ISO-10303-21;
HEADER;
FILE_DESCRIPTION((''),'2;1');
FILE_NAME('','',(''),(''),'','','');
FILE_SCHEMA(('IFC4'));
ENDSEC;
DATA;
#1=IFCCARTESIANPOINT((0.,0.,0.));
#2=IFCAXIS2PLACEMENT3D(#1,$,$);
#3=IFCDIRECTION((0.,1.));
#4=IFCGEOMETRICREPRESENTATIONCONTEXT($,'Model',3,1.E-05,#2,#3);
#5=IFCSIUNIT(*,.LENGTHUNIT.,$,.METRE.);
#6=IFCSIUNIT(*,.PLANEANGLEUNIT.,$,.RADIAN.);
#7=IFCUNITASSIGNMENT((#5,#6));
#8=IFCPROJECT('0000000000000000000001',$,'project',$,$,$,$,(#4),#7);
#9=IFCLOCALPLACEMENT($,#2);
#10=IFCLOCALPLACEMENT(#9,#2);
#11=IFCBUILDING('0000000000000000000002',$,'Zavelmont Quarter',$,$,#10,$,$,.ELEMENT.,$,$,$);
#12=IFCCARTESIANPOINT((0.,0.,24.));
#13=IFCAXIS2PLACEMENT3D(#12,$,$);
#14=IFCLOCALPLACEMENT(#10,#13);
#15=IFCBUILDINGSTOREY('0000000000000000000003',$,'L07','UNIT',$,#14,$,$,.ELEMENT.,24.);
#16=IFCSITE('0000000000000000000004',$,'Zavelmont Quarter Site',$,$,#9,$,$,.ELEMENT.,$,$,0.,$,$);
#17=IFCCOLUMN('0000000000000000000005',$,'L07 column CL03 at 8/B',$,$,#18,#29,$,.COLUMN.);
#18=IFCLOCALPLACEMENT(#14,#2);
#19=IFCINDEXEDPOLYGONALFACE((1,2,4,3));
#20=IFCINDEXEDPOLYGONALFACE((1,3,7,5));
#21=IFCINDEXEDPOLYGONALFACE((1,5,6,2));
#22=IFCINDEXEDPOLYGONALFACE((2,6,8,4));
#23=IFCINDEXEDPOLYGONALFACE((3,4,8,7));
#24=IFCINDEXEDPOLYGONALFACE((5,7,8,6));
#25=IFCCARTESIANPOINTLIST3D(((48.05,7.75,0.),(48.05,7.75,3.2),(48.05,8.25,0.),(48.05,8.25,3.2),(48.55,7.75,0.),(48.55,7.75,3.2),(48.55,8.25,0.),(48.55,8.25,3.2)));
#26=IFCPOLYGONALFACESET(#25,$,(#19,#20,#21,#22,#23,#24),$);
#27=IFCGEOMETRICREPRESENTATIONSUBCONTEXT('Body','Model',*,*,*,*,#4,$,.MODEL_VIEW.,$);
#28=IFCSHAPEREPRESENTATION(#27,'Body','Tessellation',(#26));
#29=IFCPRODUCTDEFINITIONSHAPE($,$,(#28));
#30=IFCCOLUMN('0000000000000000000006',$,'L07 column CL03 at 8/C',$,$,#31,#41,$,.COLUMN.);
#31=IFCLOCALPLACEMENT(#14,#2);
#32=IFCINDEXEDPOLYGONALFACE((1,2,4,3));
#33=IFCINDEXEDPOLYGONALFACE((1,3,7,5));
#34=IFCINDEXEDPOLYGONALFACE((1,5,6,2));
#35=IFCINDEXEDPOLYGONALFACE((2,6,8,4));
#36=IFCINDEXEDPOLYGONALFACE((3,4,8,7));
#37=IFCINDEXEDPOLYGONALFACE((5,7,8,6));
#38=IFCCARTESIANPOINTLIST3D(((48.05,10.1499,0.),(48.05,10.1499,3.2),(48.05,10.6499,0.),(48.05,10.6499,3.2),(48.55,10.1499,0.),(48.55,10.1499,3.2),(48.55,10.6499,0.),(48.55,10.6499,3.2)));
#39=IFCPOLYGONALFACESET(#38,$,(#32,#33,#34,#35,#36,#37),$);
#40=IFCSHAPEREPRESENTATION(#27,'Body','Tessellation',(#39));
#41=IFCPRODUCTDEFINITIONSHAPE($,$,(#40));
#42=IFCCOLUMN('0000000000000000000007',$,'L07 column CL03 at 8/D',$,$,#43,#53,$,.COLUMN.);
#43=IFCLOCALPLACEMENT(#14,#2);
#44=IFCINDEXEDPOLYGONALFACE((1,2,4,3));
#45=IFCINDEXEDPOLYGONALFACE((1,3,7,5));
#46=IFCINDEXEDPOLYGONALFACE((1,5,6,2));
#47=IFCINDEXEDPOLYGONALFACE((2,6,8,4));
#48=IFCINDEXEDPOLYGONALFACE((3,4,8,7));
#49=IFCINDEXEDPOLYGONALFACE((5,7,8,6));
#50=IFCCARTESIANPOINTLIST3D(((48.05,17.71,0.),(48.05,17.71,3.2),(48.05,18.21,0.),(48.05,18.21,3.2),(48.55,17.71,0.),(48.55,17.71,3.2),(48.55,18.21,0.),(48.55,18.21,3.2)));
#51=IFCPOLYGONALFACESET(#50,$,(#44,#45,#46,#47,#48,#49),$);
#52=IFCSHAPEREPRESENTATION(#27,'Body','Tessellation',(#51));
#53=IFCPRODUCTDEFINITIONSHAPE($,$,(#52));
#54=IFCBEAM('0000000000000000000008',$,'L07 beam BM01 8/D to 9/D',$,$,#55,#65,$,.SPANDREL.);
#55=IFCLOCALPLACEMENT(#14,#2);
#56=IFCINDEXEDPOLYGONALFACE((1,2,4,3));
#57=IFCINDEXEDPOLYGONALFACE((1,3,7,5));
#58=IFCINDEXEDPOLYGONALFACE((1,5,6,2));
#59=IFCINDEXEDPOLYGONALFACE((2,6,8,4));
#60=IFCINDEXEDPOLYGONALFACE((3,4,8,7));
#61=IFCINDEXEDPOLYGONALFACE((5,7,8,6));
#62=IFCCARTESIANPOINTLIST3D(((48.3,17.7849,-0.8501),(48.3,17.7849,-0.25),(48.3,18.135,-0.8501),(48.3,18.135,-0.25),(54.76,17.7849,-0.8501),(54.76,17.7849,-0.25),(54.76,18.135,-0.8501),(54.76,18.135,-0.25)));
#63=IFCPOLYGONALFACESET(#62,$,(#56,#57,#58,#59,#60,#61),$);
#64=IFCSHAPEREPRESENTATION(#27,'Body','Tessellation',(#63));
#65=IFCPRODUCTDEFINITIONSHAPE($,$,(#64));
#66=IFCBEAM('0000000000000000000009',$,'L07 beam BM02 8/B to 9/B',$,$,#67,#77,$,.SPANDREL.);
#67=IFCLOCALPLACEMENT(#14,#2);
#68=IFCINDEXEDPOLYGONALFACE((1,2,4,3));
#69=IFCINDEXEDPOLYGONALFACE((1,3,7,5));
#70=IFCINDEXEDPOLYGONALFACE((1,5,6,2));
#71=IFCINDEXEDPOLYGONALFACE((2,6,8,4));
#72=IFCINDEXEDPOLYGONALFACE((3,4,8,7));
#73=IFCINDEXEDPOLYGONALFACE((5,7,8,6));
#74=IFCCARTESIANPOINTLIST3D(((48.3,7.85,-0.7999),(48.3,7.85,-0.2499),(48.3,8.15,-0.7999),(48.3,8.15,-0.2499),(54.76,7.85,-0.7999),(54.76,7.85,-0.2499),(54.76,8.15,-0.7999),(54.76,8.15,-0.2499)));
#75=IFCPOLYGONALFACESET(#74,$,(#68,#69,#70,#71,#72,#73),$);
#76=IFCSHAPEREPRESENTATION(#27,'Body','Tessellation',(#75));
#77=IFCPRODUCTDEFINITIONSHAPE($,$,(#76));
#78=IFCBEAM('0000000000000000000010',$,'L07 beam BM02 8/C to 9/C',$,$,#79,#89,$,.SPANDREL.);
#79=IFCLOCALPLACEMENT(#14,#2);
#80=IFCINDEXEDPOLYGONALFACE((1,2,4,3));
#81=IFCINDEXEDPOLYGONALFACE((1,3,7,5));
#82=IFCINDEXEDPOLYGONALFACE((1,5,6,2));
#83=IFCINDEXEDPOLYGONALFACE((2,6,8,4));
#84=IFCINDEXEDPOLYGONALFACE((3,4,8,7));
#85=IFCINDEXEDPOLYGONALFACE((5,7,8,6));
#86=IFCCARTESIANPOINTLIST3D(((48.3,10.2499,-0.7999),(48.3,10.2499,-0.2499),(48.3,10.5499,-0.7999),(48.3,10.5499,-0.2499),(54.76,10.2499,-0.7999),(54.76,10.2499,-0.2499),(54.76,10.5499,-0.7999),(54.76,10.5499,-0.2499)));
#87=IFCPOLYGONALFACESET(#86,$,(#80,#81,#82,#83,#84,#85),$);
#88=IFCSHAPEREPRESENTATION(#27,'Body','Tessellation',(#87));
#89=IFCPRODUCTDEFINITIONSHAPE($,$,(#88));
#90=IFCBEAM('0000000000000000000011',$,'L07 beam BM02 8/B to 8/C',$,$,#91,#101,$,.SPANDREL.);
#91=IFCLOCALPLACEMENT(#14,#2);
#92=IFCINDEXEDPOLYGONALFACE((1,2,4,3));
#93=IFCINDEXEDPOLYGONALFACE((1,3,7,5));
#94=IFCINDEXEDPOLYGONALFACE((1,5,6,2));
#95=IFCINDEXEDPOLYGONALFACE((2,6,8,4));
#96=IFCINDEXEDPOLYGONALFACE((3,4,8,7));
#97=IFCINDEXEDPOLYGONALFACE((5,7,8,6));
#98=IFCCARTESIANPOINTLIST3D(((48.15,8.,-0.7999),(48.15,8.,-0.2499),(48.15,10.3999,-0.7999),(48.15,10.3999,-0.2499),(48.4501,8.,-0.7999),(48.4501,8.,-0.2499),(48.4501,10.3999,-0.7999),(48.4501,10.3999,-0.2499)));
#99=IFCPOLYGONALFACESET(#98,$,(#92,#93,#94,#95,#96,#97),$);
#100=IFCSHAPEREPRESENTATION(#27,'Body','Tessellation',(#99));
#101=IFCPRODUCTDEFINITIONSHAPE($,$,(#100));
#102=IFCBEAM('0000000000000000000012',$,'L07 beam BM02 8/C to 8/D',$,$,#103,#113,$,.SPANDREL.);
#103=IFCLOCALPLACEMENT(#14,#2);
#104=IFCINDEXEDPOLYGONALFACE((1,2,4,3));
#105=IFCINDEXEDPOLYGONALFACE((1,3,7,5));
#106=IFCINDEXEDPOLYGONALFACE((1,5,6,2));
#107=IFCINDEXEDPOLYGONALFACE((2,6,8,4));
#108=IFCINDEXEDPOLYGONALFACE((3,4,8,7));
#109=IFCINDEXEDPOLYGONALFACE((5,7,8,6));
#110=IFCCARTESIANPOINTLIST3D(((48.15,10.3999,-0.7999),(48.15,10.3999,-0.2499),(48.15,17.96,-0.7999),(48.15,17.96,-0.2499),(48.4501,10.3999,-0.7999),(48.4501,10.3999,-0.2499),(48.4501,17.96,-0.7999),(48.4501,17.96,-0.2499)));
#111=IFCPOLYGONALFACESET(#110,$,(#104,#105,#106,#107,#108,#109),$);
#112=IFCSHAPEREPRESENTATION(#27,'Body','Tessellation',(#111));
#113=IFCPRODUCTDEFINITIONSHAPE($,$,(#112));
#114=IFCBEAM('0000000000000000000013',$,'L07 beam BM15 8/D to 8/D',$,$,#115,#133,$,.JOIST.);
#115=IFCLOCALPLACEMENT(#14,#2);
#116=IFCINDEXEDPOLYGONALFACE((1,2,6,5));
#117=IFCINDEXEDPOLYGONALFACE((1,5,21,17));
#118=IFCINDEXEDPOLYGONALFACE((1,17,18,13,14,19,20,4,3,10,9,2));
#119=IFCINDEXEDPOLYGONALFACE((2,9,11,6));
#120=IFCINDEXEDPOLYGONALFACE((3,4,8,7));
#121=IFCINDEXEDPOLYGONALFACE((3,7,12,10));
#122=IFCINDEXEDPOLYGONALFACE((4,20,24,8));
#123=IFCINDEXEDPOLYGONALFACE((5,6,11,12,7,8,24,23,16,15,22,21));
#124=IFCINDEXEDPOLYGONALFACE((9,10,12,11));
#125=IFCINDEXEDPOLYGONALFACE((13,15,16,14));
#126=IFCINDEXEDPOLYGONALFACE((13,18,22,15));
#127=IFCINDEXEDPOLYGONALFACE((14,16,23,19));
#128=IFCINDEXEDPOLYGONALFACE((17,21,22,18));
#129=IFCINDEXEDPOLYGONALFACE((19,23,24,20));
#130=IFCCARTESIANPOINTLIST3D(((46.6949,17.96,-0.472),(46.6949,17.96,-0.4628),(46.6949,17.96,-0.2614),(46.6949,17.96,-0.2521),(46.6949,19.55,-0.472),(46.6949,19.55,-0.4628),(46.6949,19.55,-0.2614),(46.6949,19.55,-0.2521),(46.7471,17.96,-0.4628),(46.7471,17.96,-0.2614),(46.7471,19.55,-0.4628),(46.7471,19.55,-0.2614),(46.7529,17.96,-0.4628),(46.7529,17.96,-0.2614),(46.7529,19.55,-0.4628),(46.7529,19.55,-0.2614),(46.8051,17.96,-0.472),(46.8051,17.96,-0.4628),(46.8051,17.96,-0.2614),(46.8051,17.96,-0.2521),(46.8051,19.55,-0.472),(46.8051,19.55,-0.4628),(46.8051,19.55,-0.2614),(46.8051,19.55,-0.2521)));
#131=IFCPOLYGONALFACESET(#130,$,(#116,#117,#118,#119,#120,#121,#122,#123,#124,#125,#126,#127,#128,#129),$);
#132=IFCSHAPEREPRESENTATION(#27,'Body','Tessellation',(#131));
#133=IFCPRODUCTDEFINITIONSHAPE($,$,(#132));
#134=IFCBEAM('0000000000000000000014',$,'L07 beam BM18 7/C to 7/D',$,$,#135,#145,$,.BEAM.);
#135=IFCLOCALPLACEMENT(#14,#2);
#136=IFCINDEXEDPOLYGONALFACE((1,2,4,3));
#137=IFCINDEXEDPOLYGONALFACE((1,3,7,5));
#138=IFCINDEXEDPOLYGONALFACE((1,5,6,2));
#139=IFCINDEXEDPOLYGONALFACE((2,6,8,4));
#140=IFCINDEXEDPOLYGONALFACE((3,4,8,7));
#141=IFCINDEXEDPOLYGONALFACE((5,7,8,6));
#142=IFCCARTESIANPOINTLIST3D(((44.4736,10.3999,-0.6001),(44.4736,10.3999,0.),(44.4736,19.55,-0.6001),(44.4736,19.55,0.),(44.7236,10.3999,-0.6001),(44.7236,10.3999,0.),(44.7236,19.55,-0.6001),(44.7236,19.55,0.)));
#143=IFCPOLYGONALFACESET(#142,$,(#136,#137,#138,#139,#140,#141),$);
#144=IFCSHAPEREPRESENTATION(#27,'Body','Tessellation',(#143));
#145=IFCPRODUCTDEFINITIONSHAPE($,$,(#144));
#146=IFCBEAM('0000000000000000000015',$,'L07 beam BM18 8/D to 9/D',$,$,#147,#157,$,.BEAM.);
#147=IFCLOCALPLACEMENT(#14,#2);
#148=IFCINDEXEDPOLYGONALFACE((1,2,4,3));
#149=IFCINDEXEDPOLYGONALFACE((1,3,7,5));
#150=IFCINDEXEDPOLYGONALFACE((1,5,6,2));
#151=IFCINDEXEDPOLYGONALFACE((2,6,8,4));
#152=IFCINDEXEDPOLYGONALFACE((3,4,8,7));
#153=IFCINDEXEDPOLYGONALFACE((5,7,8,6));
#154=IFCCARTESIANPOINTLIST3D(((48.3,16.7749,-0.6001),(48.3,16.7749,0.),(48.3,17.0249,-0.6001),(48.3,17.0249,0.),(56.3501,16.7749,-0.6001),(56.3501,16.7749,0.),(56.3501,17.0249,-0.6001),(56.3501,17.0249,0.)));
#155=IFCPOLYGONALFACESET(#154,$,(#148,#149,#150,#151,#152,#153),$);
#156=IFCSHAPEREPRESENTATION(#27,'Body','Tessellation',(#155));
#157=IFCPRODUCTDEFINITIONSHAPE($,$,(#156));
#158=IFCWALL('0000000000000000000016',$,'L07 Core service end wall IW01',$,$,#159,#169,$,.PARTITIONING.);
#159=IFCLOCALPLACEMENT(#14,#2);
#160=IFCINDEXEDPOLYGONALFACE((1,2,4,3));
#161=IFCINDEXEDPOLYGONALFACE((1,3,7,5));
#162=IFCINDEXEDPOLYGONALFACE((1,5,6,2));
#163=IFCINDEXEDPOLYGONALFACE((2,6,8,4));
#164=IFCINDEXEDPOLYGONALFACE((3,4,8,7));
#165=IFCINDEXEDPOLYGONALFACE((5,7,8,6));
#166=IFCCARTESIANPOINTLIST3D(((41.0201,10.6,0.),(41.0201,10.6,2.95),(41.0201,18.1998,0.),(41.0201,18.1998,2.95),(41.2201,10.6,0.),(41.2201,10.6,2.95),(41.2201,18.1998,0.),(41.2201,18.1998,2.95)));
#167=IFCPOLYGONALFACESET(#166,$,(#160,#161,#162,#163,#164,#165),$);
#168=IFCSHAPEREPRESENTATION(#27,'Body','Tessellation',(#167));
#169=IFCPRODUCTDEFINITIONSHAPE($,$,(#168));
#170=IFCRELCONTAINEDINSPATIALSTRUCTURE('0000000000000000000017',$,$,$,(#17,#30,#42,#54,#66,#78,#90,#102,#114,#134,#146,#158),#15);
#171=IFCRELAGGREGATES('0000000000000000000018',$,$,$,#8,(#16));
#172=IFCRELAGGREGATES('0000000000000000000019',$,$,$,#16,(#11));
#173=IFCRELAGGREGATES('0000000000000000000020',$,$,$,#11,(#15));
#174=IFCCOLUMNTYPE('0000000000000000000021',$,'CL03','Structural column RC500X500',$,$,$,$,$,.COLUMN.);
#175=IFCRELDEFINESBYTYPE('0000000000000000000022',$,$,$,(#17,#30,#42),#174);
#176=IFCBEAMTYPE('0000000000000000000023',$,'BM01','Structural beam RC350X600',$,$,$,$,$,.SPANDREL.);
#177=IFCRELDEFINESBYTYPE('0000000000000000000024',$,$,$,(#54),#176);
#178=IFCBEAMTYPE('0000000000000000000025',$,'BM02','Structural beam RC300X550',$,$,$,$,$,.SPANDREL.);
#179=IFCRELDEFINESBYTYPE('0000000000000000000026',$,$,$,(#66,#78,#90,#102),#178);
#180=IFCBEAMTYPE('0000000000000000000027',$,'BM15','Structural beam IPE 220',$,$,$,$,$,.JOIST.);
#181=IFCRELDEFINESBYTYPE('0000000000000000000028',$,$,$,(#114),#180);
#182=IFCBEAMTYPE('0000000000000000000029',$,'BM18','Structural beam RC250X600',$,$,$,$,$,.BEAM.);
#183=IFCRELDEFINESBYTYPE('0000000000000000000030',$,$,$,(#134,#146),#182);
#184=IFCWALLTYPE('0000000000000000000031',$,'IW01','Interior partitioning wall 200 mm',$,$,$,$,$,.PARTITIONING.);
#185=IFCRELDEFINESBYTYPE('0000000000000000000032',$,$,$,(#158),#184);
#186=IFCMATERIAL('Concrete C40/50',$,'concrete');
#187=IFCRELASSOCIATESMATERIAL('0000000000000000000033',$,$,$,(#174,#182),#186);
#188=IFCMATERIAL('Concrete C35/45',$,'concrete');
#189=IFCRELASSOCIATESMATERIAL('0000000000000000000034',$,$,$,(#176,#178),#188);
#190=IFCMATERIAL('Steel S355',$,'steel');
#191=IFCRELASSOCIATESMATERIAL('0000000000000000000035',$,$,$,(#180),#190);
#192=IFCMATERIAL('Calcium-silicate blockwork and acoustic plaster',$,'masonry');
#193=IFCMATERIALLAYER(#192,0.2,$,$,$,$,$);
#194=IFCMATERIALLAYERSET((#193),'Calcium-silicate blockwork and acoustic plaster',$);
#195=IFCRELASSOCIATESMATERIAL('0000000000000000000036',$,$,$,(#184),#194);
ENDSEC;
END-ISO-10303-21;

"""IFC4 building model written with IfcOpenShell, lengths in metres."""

from ifc_helpers import new_model, si_unit, direction, frame, frame_2d, origin, origin_2d, place, context, subcontext, project, spatial, rectangle, i_section, extrude, material, layer, layer_set, material_profile, profile_set, type_object, element, save


model = new_model("IFC4")

# Units and contexts
model_context = context("Model", 3, precision=1e-05, world=origin(), true_north=direction((0.0, 1.0)))
body_context = subcontext(model_context, "Body", "Model", "MODEL_VIEW")
ifc_project = project(units=[si_unit("LENGTHUNIT", "METRE"), si_unit("PLANEANGLEUNIT", "RADIAN")], contexts=[model_context])

# Site, building, storey
site_placement = place(None, origin())
site = spatial("IfcSite", under=ifc_project, at=site_placement, Name="Zavelmont Quarter Site", CompositionType="ELEMENT", RefElevation=0.0)
building_placement = place(site_placement, origin())
building = spatial("IfcBuilding", under=site, at=building_placement, Name="Zavelmont Quarter", CompositionType="ELEMENT")
storey_placement = place(building_placement, frame((0.0, 0.0, 24.0)))
storey = spatial("IfcBuildingStorey", under=building, at=storey_placement, Name="L07", Description="UNIT", CompositionType="ELEMENT", Elevation=24.0)

# Columns
ifc_material_1 = material(Name="Concrete C40/50", Category="concrete")
ifc_material_profile_1 = material_profile(ifc_material_1, rectangle(XDim=0.5, YDim=0.5, at=origin_2d()), Name="RC500X500")
ifc_profile_set_1 = profile_set([ifc_material_profile_1], Name="Concrete C40/50")
column_type = type_object("IfcColumnType", Name="CL03", Description="Structural column RC500X500", PredefinedType="COLUMN", material=ifc_profile_set_1)
for number, where, z_axis, x_axis, name in (
    (1, (48.3, 8.0, 0.0), (0.0, 0.0, 1.0), (1.0, 0.0, 0.0), "L07 column CL03 at 8/B"),
    (2, (48.3, 10.3999, 0.0), (0.0, 0.0, 1.0), (1.0, 0.0, 0.0), "L07 column CL03 at 8/C"),
    (3, (48.3, 17.96, 0.0), (0.0, 0.0, 1.0), (1.0, 0.0, 0.0), "L07 column CL03 at 8/D"),
):
    element("IfcColumn", number, at=place(storey_placement, frame(where, z_axis=z_axis, x_axis=x_axis)), inside=storey, type_object=column_type, Name=name, PredefinedType="COLUMN", context=body_context, shape_type="SweptSolid", body=[
        extrude(rectangle(XDim=0.5, YDim=0.5, at=origin_2d()), origin(), (0.0, 0.0, 1.0), 3.2),
    ])

# Beams
ifc_material_2 = material(Name="Concrete C35/45", Category="concrete")
ifc_material_profile_2 = material_profile(ifc_material_2, rectangle(XDim=0.3501, YDim=0.6001, at=origin_2d()), Name="RC350X600")
ifc_profile_set_2 = profile_set([ifc_material_profile_2], Name="Concrete C35/45")
beam_type_1 = type_object("IfcBeamType", Name="BM01", Description="Structural beam RC350X600", PredefinedType="SPANDREL", material=ifc_profile_set_2)
beam_1_placement = place(storey_placement, frame((48.3, 17.96, -0.55), z_axis=(1.0, 0.0, 0.0), x_axis=(0.0, 1.0, 0.0)))
element("IfcBeam", 4, at=beam_1_placement, inside=storey, type_object=beam_type_1, Name="L07 beam BM01 8/D to 9/D", PredefinedType="SPANDREL", context=body_context, shape_type="SweptSolid", body=[
    extrude(rectangle(XDim=0.3501, YDim=0.6001, at=origin_2d()), origin(), (0.0, 0.0, 1.0), 6.46),
])
ifc_material_profile_3 = material_profile(ifc_material_2, rectangle(XDim=0.3, YDim=0.55, at=origin_2d()), Name="RC300X550")
ifc_profile_set_3 = profile_set([ifc_material_profile_3], Name="Concrete C35/45")
beam_type_2 = type_object("IfcBeamType", Name="BM02", Description="Structural beam RC300X550", PredefinedType="SPANDREL", material=ifc_profile_set_3)
for number, where, z_axis, x_axis, name in (
    (5, (48.3, 8.0, -0.5249), (1.0, 0.0, 0.0), (0.0, 1.0, 0.0), "L07 beam BM02 8/B to 9/B"),
    (6, (48.3, 10.3999, -0.5249), (1.0, 0.0, 0.0), (0.0, 1.0, 0.0), "L07 beam BM02 8/C to 9/C"),
):
    element("IfcBeam", number, at=place(storey_placement, frame(where, z_axis=z_axis, x_axis=x_axis)), inside=storey, type_object=beam_type_2, Name=name, PredefinedType="SPANDREL", context=body_context, shape_type="SweptSolid", body=[
        extrude(rectangle(XDim=0.3, YDim=0.55, at=origin_2d()), origin(), (0.0, 0.0, 1.0), 6.46),
    ])
beam_2_placement = place(storey_placement, frame((48.3, 8.0, -0.5249), z_axis=(0.0, 1.0, 0.0), x_axis=(-1.0, 0.0, 0.0)))
element("IfcBeam", 7, at=beam_2_placement, inside=storey, type_object=beam_type_2, Name="L07 beam BM02 8/B to 8/C", PredefinedType="SPANDREL", context=body_context, shape_type="SweptSolid", body=[
    extrude(rectangle(XDim=0.3, YDim=0.55, at=origin_2d()), origin(), (0.0, 0.0, 1.0), 2.3999),
])
beam_3_placement = place(storey_placement, frame((48.3, 10.3999, -0.5249), z_axis=(0.0, 1.0, 0.0), x_axis=(-1.0, 0.0, 0.0)))
element("IfcBeam", 8, at=beam_3_placement, inside=storey, type_object=beam_type_2, Name="L07 beam BM02 8/C to 8/D", PredefinedType="SPANDREL", context=body_context, shape_type="SweptSolid", body=[
    extrude(rectangle(XDim=0.3, YDim=0.55, at=origin_2d()), origin(), (0.0, 0.0, 1.0), 7.5601),
])
ifc_material_3 = material(Name="Steel S355", Category="steel")
ifc_material_profile_4 = material_profile(ifc_material_3, i_section(OverallWidth=0.1101, OverallDepth=0.22, WebThickness=0.0059, FlangeThickness=0.0093, at=origin_2d()), Name="IPE 220")
ifc_profile_set_4 = profile_set([ifc_material_profile_4], Name="Steel S355")
beam_type_3 = type_object("IfcBeamType", Name="BM15", Description="Structural beam IPE 220", PredefinedType="JOIST", material=ifc_profile_set_4)
beam_4_placement = place(storey_placement, frame((46.75, 17.96, -0.3621), z_axis=(0.0, 1.0, 0.0), x_axis=(-1.0, 0.0, 0.0)))
element("IfcBeam", 9, at=beam_4_placement, inside=storey, type_object=beam_type_3, Name="L07 beam BM15 8/D to 8/D", PredefinedType="JOIST", context=body_context, shape_type="SweptSolid", body=[
    extrude(i_section(OverallWidth=0.1101, OverallDepth=0.22, WebThickness=0.0059, FlangeThickness=0.0093, at=origin_2d()), origin(), (0.0, 0.0, 1.0), 1.5901),
])
ifc_material_profile_5 = material_profile(ifc_material_1, rectangle(XDim=0.25, YDim=0.6001, at=origin_2d()), Name="RC250X600")
ifc_profile_set_5 = profile_set([ifc_material_profile_5], Name="Concrete C40/50")
beam_type_4 = type_object("IfcBeamType", Name="BM18", Description="Structural beam RC250X600", PredefinedType="BEAM", material=ifc_profile_set_5)
beam_5_placement = place(storey_placement, frame((44.5986, 10.3999, -0.3), z_axis=(0.0, 1.0, 0.0), x_axis=(-1.0, 0.0, 0.0)))
element("IfcBeam", 10, at=beam_5_placement, inside=storey, type_object=beam_type_4, Name="L07 beam BM18 7/C to 7/D", PredefinedType="BEAM", context=body_context, shape_type="SweptSolid", body=[
    extrude(rectangle(XDim=0.25, YDim=0.6001, at=origin_2d()), origin(), (0.0, 0.0, 1.0), 9.1501),
])
beam_6_placement = place(storey_placement, frame((48.3, 16.8999, -0.3), z_axis=(1.0, 0.0, 0.0), x_axis=(0.0, 1.0, 0.0)))
element("IfcBeam", 11, at=beam_6_placement, inside=storey, type_object=beam_type_4, Name="L07 beam BM18 8/D to 9/D", PredefinedType="BEAM", context=body_context, shape_type="SweptSolid", body=[
    extrude(rectangle(XDim=0.25, YDim=0.6001, at=origin_2d()), origin(), (0.0, 0.0, 1.0), 8.05),
])

# Wall
ifc_material_4 = material(Name="Calcium-silicate blockwork and acoustic plaster", Category="masonry")
ifc_layer_1 = layer(ifc_material_4, 0.2)
ifc_layer_set_1 = layer_set([ifc_layer_1], Name="Calcium-silicate blockwork and acoustic plaster")
wall_type_1 = type_object("IfcWallType", Name="IW01", Description="Interior partitioning wall 200 mm", PredefinedType="PARTITIONING", material=ifc_layer_set_1)
wall_1_placement = place(storey_placement, frame((41.1201, 10.6001, 0.0), z_axis=(0.0, 0.0, 1.0), x_axis=(0.0, 1.0, 0.0)))
element("IfcWall", 12, at=wall_1_placement, inside=storey, type_object=wall_type_1, Name="L07 Core service end wall IW01", PredefinedType="PARTITIONING", context=body_context, shape_type="SweptSolid", body=[
    extrude(rectangle(XDim=7.5999, YDim=0.2, at=frame_2d((3.7998, 0.0))), origin(), (0.0, 0.0, 1.0), 2.95),
])

save(model, "model.ifc")
